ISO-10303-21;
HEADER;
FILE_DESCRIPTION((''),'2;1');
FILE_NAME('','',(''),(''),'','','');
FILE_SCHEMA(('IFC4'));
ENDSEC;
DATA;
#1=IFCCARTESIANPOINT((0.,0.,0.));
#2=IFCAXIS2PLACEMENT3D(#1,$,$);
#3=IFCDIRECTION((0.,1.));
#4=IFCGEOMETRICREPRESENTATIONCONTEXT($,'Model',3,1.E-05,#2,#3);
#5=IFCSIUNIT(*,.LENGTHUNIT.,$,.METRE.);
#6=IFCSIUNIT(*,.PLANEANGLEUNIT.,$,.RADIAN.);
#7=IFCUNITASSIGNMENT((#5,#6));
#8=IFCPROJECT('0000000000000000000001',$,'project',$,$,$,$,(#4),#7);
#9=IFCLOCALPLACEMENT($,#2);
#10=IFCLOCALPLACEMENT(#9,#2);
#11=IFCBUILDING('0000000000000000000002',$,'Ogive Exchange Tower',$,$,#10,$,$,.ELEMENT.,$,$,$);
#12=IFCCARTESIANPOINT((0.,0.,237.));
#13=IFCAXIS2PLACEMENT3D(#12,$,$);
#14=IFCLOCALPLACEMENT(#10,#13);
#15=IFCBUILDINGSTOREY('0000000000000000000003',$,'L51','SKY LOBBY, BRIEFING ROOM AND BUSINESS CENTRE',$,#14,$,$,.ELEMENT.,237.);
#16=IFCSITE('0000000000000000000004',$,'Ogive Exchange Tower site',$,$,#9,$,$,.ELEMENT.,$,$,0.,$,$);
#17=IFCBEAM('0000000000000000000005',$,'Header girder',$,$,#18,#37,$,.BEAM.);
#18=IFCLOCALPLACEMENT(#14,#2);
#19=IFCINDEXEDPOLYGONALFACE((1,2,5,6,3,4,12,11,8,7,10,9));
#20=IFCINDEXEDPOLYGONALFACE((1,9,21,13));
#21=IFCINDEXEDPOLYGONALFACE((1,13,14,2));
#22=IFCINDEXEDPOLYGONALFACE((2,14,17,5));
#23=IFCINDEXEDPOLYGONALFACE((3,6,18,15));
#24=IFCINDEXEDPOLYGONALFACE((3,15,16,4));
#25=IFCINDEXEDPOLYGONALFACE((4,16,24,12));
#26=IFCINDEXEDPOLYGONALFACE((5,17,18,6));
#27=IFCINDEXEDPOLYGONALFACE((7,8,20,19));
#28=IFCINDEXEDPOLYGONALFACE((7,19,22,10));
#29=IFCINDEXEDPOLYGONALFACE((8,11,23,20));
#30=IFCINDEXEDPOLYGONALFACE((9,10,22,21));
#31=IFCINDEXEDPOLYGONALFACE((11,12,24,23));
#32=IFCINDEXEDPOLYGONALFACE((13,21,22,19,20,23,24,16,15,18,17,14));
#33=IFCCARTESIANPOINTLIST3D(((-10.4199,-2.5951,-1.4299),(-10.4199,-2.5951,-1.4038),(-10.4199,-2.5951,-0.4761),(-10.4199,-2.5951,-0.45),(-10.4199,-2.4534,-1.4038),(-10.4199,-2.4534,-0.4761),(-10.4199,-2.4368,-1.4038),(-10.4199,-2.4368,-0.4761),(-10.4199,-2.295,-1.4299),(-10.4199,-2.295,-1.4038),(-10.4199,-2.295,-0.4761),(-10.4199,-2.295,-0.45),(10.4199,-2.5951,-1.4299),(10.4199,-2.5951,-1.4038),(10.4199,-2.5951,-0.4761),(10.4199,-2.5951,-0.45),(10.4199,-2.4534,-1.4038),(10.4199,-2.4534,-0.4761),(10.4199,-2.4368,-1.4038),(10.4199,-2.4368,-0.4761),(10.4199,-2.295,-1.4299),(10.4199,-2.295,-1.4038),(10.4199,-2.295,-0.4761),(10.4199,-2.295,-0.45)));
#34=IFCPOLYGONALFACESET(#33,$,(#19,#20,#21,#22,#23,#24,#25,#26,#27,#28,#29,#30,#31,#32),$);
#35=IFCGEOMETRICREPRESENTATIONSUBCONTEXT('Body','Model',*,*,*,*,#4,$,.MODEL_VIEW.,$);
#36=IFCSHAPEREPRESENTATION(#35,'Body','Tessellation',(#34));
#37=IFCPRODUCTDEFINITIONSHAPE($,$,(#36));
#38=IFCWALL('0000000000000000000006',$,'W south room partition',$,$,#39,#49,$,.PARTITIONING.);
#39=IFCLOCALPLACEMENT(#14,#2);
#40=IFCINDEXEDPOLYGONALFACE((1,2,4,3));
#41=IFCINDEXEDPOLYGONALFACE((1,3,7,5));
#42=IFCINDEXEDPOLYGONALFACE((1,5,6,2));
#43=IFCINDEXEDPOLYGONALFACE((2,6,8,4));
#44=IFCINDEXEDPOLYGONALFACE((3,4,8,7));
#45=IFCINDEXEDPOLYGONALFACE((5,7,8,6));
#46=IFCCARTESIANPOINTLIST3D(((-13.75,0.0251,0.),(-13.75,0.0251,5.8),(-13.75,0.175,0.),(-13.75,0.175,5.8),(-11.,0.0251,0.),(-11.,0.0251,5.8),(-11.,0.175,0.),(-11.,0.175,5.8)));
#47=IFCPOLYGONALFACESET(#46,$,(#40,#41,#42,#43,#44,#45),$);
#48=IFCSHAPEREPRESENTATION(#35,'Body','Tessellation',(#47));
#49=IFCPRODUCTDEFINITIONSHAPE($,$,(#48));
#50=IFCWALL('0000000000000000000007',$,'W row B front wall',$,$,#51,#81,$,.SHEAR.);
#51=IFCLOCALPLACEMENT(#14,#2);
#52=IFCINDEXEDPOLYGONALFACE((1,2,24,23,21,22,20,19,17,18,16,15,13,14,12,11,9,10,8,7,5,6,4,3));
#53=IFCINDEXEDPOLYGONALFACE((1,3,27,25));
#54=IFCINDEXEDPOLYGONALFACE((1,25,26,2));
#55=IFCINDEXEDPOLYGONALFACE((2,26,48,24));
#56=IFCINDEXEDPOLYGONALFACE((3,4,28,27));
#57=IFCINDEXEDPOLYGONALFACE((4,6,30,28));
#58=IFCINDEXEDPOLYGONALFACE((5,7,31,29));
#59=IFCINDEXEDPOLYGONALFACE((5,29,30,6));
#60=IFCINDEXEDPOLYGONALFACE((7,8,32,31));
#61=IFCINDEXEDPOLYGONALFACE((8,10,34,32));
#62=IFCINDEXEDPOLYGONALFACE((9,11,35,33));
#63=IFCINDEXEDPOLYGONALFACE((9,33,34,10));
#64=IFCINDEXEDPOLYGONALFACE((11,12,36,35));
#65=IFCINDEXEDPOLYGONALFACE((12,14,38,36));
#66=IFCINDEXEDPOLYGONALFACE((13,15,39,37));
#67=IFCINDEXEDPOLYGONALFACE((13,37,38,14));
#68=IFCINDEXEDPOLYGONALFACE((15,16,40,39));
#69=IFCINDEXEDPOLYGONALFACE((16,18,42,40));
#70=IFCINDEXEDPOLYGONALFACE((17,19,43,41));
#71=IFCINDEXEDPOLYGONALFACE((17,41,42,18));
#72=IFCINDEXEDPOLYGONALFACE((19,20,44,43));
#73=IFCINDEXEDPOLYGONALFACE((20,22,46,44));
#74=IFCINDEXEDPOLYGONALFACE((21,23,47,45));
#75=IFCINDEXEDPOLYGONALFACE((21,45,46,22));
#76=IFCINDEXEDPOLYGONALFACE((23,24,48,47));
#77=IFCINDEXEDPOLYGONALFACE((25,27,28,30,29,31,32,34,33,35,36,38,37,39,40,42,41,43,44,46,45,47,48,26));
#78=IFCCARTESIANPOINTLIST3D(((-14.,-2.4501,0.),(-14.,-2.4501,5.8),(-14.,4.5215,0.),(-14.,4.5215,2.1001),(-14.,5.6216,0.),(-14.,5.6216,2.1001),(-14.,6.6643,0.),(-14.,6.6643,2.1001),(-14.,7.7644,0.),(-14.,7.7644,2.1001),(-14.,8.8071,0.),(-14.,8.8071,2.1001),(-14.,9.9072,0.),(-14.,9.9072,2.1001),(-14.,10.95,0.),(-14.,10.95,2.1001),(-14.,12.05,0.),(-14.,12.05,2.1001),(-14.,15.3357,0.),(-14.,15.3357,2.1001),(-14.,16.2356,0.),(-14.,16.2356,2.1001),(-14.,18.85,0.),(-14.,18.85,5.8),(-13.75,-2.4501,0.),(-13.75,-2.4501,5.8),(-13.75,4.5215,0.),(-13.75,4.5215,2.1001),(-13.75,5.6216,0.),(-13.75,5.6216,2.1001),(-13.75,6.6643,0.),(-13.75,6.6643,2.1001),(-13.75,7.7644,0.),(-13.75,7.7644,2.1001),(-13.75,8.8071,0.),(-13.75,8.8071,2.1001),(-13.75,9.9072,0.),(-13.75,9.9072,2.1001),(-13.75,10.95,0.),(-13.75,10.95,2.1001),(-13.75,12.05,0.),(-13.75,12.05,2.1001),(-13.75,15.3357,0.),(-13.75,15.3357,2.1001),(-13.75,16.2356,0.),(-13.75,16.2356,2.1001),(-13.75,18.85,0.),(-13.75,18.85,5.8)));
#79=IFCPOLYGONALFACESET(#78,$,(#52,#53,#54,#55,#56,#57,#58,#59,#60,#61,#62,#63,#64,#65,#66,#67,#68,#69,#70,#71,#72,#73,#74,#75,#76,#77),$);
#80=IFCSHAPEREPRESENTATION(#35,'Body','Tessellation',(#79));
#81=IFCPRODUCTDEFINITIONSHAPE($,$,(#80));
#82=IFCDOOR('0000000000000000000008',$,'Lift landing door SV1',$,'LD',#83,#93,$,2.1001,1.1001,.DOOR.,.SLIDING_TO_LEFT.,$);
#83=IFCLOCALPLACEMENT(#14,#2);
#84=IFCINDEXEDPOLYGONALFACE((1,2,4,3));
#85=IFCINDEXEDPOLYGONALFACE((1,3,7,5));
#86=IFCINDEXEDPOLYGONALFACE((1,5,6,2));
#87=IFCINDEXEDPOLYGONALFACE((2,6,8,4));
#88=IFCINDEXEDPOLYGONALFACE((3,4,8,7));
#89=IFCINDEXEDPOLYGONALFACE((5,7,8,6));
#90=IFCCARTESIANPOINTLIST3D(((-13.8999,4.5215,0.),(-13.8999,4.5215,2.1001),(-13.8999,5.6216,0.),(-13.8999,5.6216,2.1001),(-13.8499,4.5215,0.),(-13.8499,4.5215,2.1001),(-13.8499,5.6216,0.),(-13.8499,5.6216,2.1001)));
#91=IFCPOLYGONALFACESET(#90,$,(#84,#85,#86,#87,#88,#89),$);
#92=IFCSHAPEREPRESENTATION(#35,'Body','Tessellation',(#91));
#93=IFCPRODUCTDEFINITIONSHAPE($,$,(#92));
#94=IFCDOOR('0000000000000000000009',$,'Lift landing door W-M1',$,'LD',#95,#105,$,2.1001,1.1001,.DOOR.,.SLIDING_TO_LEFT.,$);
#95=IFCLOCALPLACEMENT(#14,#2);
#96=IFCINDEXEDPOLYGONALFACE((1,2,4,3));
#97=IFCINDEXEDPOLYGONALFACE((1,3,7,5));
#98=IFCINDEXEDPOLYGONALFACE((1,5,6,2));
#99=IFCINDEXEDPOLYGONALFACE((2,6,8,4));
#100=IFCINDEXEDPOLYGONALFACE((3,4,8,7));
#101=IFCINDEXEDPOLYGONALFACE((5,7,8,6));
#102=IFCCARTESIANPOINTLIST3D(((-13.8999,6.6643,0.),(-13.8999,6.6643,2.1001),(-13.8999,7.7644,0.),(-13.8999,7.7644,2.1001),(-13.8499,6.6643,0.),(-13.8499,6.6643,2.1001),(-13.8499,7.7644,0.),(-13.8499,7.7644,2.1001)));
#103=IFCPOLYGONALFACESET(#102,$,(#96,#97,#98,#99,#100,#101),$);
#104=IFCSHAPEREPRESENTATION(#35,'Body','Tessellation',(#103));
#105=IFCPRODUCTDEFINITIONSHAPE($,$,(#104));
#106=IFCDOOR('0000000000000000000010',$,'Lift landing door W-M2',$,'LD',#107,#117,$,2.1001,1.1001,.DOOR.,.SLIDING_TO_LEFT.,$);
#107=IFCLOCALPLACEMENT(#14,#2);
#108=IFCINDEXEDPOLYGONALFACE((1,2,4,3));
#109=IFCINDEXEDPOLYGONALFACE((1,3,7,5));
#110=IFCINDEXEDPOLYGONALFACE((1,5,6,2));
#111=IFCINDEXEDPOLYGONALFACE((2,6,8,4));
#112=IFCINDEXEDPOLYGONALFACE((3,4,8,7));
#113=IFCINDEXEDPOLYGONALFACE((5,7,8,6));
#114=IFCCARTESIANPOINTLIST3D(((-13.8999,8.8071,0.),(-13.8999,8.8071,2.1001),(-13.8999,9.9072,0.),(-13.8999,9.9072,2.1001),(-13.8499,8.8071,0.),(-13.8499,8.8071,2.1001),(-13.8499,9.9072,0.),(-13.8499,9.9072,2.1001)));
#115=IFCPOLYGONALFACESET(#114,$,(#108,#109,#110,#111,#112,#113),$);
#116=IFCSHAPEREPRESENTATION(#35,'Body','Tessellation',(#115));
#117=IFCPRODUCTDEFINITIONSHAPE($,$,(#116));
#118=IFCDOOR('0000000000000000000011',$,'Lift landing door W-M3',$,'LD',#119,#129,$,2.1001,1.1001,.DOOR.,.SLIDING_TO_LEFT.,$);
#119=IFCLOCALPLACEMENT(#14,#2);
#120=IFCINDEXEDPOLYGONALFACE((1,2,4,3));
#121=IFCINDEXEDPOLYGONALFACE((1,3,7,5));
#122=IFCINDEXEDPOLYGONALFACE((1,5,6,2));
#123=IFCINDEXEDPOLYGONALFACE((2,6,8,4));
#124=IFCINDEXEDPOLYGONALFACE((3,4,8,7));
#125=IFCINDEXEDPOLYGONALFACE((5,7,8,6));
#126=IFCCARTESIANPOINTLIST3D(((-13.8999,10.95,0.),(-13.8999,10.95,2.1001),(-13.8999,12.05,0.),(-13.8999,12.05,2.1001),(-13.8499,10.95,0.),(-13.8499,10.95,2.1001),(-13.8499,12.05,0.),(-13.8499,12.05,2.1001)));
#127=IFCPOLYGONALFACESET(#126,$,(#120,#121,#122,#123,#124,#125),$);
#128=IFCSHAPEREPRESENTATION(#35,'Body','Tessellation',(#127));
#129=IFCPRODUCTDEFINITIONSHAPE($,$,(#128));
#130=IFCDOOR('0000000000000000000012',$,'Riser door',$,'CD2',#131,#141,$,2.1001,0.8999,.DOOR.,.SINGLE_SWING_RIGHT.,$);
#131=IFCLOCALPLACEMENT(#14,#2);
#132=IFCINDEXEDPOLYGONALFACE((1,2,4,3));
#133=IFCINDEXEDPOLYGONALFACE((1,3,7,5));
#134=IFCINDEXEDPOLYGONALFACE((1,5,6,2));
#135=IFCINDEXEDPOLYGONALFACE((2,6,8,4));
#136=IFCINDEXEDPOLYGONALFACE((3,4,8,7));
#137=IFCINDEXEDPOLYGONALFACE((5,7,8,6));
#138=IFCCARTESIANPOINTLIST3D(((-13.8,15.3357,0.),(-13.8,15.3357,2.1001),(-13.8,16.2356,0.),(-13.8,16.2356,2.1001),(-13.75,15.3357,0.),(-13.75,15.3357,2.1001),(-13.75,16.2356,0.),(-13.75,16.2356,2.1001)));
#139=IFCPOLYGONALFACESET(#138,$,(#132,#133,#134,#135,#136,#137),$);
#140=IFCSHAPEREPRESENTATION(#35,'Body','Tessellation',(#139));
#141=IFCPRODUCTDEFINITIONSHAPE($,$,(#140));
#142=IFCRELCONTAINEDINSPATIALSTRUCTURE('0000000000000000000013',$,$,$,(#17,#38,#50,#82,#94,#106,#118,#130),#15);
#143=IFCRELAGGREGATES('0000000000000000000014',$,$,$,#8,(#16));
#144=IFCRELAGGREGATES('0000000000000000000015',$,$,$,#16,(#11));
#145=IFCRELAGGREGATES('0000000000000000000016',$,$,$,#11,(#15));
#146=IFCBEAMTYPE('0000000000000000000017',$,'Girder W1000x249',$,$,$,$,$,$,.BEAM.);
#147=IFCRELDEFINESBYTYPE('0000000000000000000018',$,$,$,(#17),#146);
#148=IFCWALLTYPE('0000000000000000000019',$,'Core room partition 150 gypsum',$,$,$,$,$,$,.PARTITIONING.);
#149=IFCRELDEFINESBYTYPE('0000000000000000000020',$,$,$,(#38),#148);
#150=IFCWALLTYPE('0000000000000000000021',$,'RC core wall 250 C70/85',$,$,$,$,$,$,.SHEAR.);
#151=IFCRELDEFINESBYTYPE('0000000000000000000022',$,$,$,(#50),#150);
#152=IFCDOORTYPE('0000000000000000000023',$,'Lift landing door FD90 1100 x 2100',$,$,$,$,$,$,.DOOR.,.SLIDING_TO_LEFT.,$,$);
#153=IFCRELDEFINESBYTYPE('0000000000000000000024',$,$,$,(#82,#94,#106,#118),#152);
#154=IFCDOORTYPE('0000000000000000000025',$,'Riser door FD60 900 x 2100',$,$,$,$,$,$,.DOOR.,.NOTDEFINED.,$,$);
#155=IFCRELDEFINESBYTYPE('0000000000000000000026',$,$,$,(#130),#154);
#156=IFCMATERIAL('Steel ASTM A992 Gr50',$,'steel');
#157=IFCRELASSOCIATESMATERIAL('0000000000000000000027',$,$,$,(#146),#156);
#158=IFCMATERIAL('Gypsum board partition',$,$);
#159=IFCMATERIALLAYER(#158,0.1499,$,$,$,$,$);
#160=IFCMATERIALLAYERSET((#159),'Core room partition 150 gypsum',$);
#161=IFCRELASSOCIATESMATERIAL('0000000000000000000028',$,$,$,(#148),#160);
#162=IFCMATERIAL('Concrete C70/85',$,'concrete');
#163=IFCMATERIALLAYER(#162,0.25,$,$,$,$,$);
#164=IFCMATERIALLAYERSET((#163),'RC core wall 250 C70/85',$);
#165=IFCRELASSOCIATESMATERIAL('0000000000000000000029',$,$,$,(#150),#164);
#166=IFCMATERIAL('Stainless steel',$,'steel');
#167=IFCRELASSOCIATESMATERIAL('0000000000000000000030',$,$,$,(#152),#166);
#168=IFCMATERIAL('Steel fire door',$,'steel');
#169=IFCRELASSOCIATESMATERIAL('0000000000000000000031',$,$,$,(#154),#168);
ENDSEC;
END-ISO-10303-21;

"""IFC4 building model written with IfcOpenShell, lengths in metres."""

from ifc_helpers import new_model, si_unit, direction, frame, frame_2d, origin, origin_2d, place, context, subcontext, project, spatial, rectangle, i_section, extrude, material, layer, layer_set, material_profile, profile_set, type_object, element, fill, save


model = new_model("IFC4")

# Units and contexts
model_context = context("Model", 3, precision=1e-05, world=origin(), true_north=direction((0.0, 1.0)))
body_context = subcontext(model_context, "Body", "Model", "MODEL_VIEW")
ifc_project = project(units=[si_unit("LENGTHUNIT", "METRE"), si_unit("PLANEANGLEUNIT", "RADIAN")], contexts=[model_context])

# Site, building, storey
site_placement = place(None, origin())
site = spatial("IfcSite", under=ifc_project, at=site_placement, Name="Ogive Exchange Tower site", CompositionType="ELEMENT", RefElevation=0.0)
building_placement = place(site_placement, origin())
building = spatial("IfcBuilding", under=site, at=building_placement, Name="Ogive Exchange Tower", CompositionType="ELEMENT")
storey_placement = place(building_placement, frame((0.0, 0.0, 237.0)))
storey = spatial("IfcBuildingStorey", under=building, at=storey_placement, Name="L51", Description="SKY LOBBY, BRIEFING ROOM AND BUSINESS CENTRE", CompositionType="ELEMENT", Elevation=237.0)

# Beam
ifc_material_1 = material(Name="Steel ASTM A992 Gr50", Category="steel")
ifc_material_profile = material_profile(ifc_material_1, i_section(OverallWidth=0.3, OverallDepth=0.98, WebThickness=0.0166, FlangeThickness=0.0261, at=origin_2d()), Name="W1000x249")
ifc_profile_set = profile_set([ifc_material_profile], Name="Steel ASTM A992 Gr50")
beam_type = type_object("IfcBeamType", Name="Girder W1000x249", PredefinedType="BEAM", material=ifc_profile_set)
beam_placement = place(storey_placement, frame((-10.4199, -2.4451, -0.9399), z_axis=(1.0, 0.0, 0.0), x_axis=(0.0, 1.0, 0.0)))
element("IfcBeam", 1, at=beam_placement, inside=storey, type_object=beam_type, Name="Header girder", PredefinedType="BEAM", context=body_context, shape_type="SweptSolid", body=[
    extrude(i_section(OverallWidth=0.3, OverallDepth=0.98, WebThickness=0.0166, FlangeThickness=0.0261, at=origin_2d()), origin(), (0.0, 0.0, 1.0), 20.8398),
])

# Wall
ifc_material_2 = material(Name="Gypsum board partition")
ifc_layer_1 = layer(ifc_material_2, 0.1499)
ifc_layer_set_1 = layer_set([ifc_layer_1], Name="Core room partition 150 gypsum")
wall_type_1 = type_object("IfcWallType", Name="Core room partition 150 gypsum", PredefinedType="PARTITIONING", material=ifc_layer_set_1)
wall_1_placement = place(storey_placement, frame((-13.75, 0.1001, 0.0), z_axis=(0.0, 0.0, 1.0), x_axis=(1.0, 0.0, 0.0)))
element("IfcWall", 2, at=wall_1_placement, inside=storey, type_object=wall_type_1, Name="W south room partition", PredefinedType="PARTITIONING", context=body_context, shape_type="SweptSolid", body=[
    extrude(rectangle(XDim=2.75, YDim=0.1499, at=frame_2d((1.375, 0.0))), origin(), (0.0, 0.0, 1.0), 5.8),
])

# Wall, openings, doors
ifc_material_3 = material(Name="Concrete C70/85", Category="concrete")
ifc_layer_2 = layer(ifc_material_3, 0.25)
ifc_layer_set_2 = layer_set([ifc_layer_2], Name="RC core wall 250 C70/85")
wall_type_2 = type_object("IfcWallType", Name="RC core wall 250 C70/85", PredefinedType="SHEAR", material=ifc_layer_set_2)
wall_2_placement = place(storey_placement, frame((-13.875, -2.45, 0.0), z_axis=(0.0, 0.0, 1.0), x_axis=(0.0, 1.0, 0.0)))
wall_2 = element("IfcWall", 3, at=wall_2_placement, inside=storey, type_object=wall_type_2, Name="W row B front wall", PredefinedType="SHEAR", context=body_context, shape_type="SweptSolid", body=[
    extrude(rectangle(XDim=21.3, YDim=0.25, at=frame_2d((10.6499, 0.0))), origin(), (0.0, 0.0, 1.0), 5.8),
])
opening_1_placement = place(wall_2_placement, frame((17.7856, 0.0, 0.0)))
opening_1 = element("IfcOpeningElement", 4, at=opening_1_placement, cuts=wall_2, PredefinedType="OPENING", context=body_context, shape_type="SweptSolid", body=[
    extrude(rectangle(XDim=0.8999, YDim=2.1001, at=frame_2d((0.45, 1.05))), frame((0.0, 0.135, 0.0), z_axis=(0.0, -1.0, 0.0), x_axis=(1.0, 0.0, 0.0)), (0.0, 0.0, 1.0), 0.27),
])
opening_2_placement = place(wall_2_placement, frame((6.9714, 0.0, 0.0)))
opening_2 = element("IfcOpeningElement", 5, at=opening_2_placement, cuts=wall_2, PredefinedType="OPENING", context=body_context, shape_type="SweptSolid", body=[
    extrude(rectangle(XDim=1.1001, YDim=2.1001, at=frame_2d((0.55, 1.05))), frame((0.0, 0.135, 0.0), z_axis=(0.0, -1.0, 0.0), x_axis=(1.0, 0.0, 0.0)), (0.0, 0.0, 1.0), 0.27),
])
opening_3_placement = place(wall_2_placement, frame((9.1143, 0.0, 0.0)))
opening_3 = element("IfcOpeningElement", 6, at=opening_3_placement, cuts=wall_2, PredefinedType="OPENING", context=body_context, shape_type="SweptSolid", body=[
    extrude(rectangle(XDim=1.1001, YDim=2.1001, at=frame_2d((0.55, 1.05))), frame((0.0, 0.135, 0.0), z_axis=(0.0, -1.0, 0.0), x_axis=(1.0, 0.0, 0.0)), (0.0, 0.0, 1.0), 0.27),
])
opening_4_placement = place(wall_2_placement, frame((11.2571, 0.0, 0.0)))
opening_4 = element("IfcOpeningElement", 7, at=opening_4_placement, cuts=wall_2, PredefinedType="OPENING", context=body_context, shape_type="SweptSolid", body=[
    extrude(rectangle(XDim=1.1001, YDim=2.1001, at=frame_2d((0.55, 1.05))), frame((0.0, 0.135, 0.0), z_axis=(0.0, -1.0, 0.0), x_axis=(1.0, 0.0, 0.0)), (0.0, 0.0, 1.0), 0.27),
])
opening_5_placement = place(wall_2_placement, frame((13.3999, 0.0, 0.0)))
opening_5 = element("IfcOpeningElement", 8, at=opening_5_placement, cuts=wall_2, PredefinedType="OPENING", context=body_context, shape_type="SweptSolid", body=[
    extrude(rectangle(XDim=1.1001, YDim=2.1001, at=frame_2d((0.55, 1.05))), frame((0.0, 0.135, 0.0), z_axis=(0.0, -1.0, 0.0), x_axis=(1.0, 0.0, 0.0)), (0.0, 0.0, 1.0), 0.27),
])
ifc_material_4 = material(Name="Stainless steel", Category="steel")
door_type_1 = type_object("IfcDoorType", Name="Lift landing door FD90 1100 x 2100", OperationType="SLIDING_TO_LEFT", PredefinedType="DOOR", material=ifc_material_4)
door_1_placement = place(opening_2_placement, origin())
door_1 = element("IfcDoor", 9, at=door_1_placement, inside=storey, type_object=door_type_1, Name="Lift landing door SV1", ObjectType="LD", OperationType="SLIDING_TO_LEFT", OverallHeight=2.1001, OverallWidth=1.1001, PredefinedType="DOOR", context=body_context, shape_type="SweptSolid", body=[
    extrude(rectangle(XDim=1.1001, YDim=2.1001, at=frame_2d((0.55, 1.05))), frame((0.0, 0.0249, 0.0), z_axis=(0.0, -1.0, 0.0), x_axis=(1.0, 0.0, 0.0)), (0.0, 0.0, 1.0), 0.05),
])
fill(opening_2, door_1)
door_2_placement = place(opening_3_placement, origin())
door_2 = element("IfcDoor", 10, at=door_2_placement, inside=storey, type_object=door_type_1, Name="Lift landing door W-M1", ObjectType="LD", OperationType="SLIDING_TO_LEFT", OverallHeight=2.1001, OverallWidth=1.1001, PredefinedType="DOOR", context=body_context, shape_type="SweptSolid", body=[
    extrude(rectangle(XDim=1.1001, YDim=2.1001, at=frame_2d((0.55, 1.05))), frame((0.0, 0.0249, 0.0), z_axis=(0.0, -1.0, 0.0), x_axis=(1.0, 0.0, 0.0)), (0.0, 0.0, 1.0), 0.05),
])
fill(opening_3, door_2)
door_3_placement = place(opening_4_placement, origin())
door_3 = element("IfcDoor", 11, at=door_3_placement, inside=storey, type_object=door_type_1, Name="Lift landing door W-M2", ObjectType="LD", OperationType="SLIDING_TO_LEFT", OverallHeight=2.1001, OverallWidth=1.1001, PredefinedType="DOOR", context=body_context, shape_type="SweptSolid", body=[
    extrude(rectangle(XDim=1.1001, YDim=2.1001, at=frame_2d((0.55, 1.05))), frame((0.0, 0.0249, 0.0), z_axis=(0.0, -1.0, 0.0), x_axis=(1.0, 0.0, 0.0)), (0.0, 0.0, 1.0), 0.05),
])
fill(opening_4, door_3)
door_4_placement = place(opening_5_placement, origin())
door_4 = element("IfcDoor", 12, at=door_4_placement, inside=storey, type_object=door_type_1, Name="Lift landing door W-M3", ObjectType="LD", OperationType="SLIDING_TO_LEFT", OverallHeight=2.1001, OverallWidth=1.1001, PredefinedType="DOOR", context=body_context, shape_type="SweptSolid", body=[
    extrude(rectangle(XDim=1.1001, YDim=2.1001, at=frame_2d((0.55, 1.05))), frame((0.0, 0.0249, 0.0), z_axis=(0.0, -1.0, 0.0), x_axis=(1.0, 0.0, 0.0)), (0.0, 0.0, 1.0), 0.05),
])
fill(opening_5, door_4)
ifc_material_5 = material(Name="Steel fire door", Category="steel")
door_type_2 = type_object("IfcDoorType", Name="Riser door FD60 900 x 2100", OperationType="NOTDEFINED", PredefinedType="DOOR", material=ifc_material_5)
door_5_placement = place(opening_1_placement, frame((0.8999, -0.2002, 0.0), z_axis=(0.0, 0.0, 1.0), x_axis=(-1.0, 0.0, 0.0)))
door_5 = element("IfcDoor", 13, at=door_5_placement, inside=storey, type_object=door_type_2, Name="Riser door", ObjectType="CD2", OperationType="SINGLE_SWING_RIGHT", OverallHeight=2.1001, OverallWidth=0.8999, PredefinedType="DOOR", context=body_context, shape_type="SweptSolid", body=[
    extrude(rectangle(XDim=0.8999, YDim=2.1001, at=frame_2d((0.45, 1.05))), frame((0.0, -0.0752, 0.0), z_axis=(0.0, -1.0, 0.0), x_axis=(1.0, 0.0, 0.0)), (0.0, 0.0, 1.0), 0.05),
])
fill(opening_1, door_5)

save(model, "model.ifc")
